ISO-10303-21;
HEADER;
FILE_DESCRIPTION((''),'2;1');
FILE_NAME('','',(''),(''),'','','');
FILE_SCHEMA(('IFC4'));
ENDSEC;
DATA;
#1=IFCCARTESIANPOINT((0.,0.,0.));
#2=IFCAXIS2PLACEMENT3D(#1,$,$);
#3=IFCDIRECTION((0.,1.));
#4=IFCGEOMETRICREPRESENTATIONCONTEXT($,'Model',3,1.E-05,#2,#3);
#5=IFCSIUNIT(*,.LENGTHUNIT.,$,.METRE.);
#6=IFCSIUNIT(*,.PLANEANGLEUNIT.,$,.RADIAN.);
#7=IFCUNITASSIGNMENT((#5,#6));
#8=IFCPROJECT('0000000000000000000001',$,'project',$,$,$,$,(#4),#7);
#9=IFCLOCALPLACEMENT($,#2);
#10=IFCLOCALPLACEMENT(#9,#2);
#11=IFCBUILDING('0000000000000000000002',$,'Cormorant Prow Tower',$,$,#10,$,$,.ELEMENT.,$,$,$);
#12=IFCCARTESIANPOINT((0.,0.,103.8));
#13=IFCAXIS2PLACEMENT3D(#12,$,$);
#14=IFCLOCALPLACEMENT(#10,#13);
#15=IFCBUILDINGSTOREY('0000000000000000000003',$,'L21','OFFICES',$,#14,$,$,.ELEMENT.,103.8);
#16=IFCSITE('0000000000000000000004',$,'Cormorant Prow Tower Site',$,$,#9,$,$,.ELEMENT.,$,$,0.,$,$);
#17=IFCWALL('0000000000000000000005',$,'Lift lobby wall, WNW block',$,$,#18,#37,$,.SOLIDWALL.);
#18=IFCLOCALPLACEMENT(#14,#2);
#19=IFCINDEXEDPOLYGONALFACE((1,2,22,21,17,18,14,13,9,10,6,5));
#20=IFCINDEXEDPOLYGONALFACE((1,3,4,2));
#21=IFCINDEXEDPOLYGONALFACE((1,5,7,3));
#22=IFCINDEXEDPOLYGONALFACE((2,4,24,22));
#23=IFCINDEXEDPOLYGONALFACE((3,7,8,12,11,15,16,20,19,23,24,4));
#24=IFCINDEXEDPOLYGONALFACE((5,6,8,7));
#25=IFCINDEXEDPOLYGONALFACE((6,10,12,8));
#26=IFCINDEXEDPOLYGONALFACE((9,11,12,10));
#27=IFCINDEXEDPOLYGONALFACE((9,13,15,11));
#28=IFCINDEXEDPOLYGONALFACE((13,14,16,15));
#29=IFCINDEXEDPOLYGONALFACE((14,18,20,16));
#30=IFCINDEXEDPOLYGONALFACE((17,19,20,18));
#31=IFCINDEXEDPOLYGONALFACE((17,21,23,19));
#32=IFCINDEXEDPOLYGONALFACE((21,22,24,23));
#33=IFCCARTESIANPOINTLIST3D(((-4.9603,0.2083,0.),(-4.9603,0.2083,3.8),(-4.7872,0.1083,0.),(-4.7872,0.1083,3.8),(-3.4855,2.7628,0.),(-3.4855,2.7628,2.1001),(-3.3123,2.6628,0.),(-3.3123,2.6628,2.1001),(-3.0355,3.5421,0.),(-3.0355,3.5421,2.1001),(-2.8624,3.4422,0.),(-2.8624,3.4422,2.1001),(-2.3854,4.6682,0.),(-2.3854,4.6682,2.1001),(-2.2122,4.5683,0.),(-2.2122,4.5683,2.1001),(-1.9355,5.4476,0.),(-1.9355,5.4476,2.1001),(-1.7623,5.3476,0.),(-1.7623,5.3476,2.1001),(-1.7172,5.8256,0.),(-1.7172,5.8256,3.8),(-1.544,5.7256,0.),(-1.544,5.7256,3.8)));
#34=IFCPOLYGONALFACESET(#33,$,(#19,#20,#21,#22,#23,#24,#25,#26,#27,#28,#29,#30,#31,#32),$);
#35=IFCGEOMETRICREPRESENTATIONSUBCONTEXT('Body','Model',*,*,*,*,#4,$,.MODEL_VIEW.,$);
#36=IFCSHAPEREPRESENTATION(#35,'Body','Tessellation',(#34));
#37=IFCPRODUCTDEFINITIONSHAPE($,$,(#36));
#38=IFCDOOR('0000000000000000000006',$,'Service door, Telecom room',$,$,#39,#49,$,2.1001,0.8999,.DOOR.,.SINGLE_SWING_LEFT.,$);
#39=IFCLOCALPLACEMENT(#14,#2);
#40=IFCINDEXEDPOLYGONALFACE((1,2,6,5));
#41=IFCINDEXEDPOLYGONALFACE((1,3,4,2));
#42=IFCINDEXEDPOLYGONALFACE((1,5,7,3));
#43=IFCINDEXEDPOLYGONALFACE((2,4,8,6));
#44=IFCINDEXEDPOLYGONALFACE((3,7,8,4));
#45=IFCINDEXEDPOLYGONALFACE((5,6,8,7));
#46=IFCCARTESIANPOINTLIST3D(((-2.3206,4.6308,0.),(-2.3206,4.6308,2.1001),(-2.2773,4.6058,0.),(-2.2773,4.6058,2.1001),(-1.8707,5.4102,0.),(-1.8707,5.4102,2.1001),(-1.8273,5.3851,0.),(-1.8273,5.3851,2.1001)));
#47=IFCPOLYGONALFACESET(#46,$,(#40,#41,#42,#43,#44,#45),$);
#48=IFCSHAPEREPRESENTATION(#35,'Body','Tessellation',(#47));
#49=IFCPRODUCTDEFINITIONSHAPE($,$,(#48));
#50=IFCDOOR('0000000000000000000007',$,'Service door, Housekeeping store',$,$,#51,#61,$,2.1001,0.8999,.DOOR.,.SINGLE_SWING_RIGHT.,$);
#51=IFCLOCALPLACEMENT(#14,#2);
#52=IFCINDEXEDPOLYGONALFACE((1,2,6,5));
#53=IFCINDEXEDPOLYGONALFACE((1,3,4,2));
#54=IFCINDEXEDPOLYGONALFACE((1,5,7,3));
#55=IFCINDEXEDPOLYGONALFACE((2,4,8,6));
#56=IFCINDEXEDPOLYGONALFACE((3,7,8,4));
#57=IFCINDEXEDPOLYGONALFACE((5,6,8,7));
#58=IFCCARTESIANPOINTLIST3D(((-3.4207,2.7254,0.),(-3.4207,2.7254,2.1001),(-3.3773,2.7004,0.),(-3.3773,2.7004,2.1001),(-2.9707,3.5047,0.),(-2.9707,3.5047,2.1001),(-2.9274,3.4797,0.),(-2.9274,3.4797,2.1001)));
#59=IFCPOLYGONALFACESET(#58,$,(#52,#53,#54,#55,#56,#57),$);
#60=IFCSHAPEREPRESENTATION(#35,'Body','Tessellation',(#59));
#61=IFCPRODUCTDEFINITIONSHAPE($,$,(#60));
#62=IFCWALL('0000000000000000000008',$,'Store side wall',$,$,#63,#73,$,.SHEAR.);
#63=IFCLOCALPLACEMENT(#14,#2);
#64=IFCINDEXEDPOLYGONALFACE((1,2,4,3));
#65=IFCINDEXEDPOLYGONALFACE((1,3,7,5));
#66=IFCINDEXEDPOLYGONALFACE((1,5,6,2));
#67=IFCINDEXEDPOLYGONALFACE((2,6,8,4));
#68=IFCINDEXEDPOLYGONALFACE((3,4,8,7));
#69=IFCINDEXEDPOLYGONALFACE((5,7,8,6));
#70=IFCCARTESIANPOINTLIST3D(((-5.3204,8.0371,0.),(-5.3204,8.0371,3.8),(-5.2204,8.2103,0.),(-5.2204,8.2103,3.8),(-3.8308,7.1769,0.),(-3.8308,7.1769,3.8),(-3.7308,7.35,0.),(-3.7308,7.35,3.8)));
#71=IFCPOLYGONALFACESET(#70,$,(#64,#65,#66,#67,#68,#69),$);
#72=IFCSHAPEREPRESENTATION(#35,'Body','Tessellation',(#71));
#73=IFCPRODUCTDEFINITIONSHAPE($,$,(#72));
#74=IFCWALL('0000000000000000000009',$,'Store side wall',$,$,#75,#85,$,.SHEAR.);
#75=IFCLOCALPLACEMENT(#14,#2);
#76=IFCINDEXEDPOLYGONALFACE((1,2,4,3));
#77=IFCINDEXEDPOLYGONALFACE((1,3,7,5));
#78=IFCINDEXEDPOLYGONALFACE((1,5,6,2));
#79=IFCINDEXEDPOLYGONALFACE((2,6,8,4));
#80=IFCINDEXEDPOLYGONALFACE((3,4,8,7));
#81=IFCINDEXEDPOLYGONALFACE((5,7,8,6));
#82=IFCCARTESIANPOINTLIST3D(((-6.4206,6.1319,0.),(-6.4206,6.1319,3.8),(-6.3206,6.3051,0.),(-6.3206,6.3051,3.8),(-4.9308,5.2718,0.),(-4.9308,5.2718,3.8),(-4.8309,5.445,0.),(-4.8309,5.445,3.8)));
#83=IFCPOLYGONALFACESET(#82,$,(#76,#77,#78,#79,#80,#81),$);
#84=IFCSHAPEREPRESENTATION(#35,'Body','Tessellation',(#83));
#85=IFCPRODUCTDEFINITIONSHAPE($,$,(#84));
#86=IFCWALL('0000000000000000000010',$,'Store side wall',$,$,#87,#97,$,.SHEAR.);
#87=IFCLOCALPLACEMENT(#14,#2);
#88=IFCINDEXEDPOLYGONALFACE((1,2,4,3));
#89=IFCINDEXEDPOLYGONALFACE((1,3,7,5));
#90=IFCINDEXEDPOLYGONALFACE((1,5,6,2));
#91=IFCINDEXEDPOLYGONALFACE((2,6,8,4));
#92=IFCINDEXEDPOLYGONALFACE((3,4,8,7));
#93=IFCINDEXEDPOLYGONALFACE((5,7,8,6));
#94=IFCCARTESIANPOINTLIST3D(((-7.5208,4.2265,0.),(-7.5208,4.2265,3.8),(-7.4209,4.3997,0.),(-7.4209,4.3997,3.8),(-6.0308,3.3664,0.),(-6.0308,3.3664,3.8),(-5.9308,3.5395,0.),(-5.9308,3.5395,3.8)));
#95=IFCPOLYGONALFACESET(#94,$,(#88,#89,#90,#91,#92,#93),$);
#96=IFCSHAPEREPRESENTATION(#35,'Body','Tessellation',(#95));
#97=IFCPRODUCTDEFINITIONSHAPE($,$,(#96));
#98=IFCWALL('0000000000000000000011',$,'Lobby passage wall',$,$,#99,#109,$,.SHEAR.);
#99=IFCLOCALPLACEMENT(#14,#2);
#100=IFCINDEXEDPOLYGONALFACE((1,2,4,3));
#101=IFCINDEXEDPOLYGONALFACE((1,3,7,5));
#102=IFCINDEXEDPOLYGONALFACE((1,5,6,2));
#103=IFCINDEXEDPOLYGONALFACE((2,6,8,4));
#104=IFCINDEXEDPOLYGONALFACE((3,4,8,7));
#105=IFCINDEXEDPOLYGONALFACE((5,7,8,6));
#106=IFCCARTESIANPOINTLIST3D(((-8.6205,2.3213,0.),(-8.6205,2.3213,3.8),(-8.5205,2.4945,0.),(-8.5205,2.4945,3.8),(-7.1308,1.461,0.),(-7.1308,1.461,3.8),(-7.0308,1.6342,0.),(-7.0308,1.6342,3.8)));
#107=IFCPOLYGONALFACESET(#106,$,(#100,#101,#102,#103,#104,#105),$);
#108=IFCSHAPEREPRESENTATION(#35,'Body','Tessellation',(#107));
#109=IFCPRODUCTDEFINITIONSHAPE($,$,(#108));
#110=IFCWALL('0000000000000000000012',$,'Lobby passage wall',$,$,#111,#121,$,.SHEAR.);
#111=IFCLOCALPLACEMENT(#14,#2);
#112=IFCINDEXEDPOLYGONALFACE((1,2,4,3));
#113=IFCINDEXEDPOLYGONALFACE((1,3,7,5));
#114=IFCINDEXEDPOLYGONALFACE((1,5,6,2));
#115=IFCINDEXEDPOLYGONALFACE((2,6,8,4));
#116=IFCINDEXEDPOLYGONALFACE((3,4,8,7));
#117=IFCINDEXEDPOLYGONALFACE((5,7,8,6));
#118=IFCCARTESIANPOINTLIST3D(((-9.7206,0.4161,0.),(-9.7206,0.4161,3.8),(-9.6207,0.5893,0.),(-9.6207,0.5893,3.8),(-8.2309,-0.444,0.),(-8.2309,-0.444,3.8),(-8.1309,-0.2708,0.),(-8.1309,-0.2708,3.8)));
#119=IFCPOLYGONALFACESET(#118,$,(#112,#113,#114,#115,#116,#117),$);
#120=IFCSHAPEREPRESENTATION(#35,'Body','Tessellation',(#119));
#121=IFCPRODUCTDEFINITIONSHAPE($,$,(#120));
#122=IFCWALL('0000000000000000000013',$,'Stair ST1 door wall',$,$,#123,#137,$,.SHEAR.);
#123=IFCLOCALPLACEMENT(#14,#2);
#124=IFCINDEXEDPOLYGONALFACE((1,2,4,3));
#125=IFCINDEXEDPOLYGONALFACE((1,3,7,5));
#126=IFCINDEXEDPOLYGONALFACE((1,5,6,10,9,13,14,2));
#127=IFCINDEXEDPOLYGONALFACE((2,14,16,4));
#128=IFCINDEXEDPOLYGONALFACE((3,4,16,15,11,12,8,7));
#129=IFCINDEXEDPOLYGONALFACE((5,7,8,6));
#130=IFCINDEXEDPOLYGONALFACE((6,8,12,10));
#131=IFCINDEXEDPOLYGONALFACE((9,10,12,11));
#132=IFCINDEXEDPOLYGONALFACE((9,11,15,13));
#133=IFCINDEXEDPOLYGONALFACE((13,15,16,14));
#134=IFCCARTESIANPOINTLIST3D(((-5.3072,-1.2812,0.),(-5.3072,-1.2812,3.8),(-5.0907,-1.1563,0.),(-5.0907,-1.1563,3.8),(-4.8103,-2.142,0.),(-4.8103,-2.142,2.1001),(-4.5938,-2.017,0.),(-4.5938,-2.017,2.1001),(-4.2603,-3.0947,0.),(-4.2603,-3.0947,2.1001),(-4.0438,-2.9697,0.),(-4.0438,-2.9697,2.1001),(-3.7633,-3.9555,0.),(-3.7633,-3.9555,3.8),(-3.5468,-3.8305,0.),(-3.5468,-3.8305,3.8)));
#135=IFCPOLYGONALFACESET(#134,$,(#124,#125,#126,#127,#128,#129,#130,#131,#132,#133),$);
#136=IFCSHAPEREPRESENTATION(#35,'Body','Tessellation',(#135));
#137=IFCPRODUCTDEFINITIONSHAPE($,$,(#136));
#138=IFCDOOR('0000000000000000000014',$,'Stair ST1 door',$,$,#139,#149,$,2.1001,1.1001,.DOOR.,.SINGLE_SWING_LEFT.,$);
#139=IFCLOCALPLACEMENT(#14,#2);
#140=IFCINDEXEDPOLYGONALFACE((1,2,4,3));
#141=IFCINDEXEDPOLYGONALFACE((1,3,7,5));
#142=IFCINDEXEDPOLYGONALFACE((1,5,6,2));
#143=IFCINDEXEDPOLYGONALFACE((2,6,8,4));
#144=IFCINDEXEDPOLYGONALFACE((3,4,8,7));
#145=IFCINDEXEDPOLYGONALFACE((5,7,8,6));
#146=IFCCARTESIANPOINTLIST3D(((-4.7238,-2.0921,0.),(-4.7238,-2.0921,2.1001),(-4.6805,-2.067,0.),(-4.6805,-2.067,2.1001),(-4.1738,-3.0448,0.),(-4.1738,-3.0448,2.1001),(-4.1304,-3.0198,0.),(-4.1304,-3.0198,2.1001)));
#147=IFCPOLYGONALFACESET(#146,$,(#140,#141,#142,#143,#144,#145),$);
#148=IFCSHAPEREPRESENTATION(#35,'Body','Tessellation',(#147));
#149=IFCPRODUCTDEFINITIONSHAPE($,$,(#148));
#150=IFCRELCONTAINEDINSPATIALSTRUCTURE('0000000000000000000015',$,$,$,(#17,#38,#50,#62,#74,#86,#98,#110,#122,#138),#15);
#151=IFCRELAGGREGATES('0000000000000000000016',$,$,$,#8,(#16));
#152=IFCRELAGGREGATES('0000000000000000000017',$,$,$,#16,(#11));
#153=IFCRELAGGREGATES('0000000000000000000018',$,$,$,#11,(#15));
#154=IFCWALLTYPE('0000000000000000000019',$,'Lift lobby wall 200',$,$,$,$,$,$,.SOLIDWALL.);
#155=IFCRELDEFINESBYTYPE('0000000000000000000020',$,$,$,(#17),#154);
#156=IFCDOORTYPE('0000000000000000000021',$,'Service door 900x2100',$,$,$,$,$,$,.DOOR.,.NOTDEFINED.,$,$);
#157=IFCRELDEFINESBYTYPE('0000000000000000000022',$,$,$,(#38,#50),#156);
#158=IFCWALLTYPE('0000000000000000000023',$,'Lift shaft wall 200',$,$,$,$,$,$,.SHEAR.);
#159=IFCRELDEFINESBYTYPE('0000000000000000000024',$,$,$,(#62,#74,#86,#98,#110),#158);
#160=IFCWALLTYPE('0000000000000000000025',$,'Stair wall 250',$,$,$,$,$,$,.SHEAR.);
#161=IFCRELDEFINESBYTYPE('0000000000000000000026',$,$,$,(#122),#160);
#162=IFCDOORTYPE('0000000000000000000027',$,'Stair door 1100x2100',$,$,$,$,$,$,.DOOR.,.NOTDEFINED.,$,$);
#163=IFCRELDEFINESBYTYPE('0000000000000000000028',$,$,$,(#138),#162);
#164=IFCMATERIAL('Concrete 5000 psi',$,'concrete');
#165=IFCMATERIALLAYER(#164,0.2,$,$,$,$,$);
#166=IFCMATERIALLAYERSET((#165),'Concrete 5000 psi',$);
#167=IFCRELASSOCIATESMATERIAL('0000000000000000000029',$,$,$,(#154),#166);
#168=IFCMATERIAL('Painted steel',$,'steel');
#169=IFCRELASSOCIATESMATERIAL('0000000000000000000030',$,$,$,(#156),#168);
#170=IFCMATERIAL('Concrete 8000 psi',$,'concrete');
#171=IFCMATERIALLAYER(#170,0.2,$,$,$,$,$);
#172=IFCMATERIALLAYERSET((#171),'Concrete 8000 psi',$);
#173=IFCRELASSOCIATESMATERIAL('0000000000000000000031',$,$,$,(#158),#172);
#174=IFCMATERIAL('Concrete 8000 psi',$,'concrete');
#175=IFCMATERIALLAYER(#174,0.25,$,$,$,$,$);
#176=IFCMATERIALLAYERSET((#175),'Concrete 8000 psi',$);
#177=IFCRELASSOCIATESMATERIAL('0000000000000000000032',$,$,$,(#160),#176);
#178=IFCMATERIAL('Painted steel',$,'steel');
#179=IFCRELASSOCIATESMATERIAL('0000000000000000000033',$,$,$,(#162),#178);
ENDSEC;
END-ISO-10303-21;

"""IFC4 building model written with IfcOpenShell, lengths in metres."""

from ifc_helpers import new_model, si_unit, direction, frame, frame_2d, origin, place, context, subcontext, project, spatial, rectangle, extrude, material, layer, layer_set, type_object, element, fill, save


model = new_model("IFC4")

# Units and contexts
model_context = context("Model", 3, precision=1e-05, world=origin(), true_north=direction((0.0, 1.0)))
body_context = subcontext(model_context, "Body", "Model", "MODEL_VIEW")
ifc_project = project(units=[si_unit("LENGTHUNIT", "METRE"), si_unit("PLANEANGLEUNIT", "RADIAN")], contexts=[model_context])

# Site, building, storey
site_placement = place(None, origin())
site = spatial("IfcSite", under=ifc_project, at=site_placement, Name="Cormorant Prow Tower Site", CompositionType="ELEMENT", RefElevation=0.0)
building_placement = place(site_placement, origin())
building = spatial("IfcBuilding", under=site, at=building_placement, Name="Cormorant Prow Tower", CompositionType="ELEMENT")
storey_placement = place(building_placement, frame((0.0, 0.0, 103.8)))
storey = spatial("IfcBuildingStorey", under=building, at=storey_placement, Name="L21", Description="OFFICES", CompositionType="ELEMENT", Elevation=103.8)

# Wall, openings, doors
ifc_material_1 = material(Name="Concrete 5000 psi", Category="concrete")
ifc_layer_1 = layer(ifc_material_1, 0.2)
ifc_layer_set_1 = layer_set([ifc_layer_1], Name="Concrete 5000 psi")
wall_type_1 = type_object("IfcWallType", Name="Lift lobby wall 200", PredefinedType="SOLIDWALL", material=ifc_layer_set_1)
wall_1_placement = place(storey_placement, frame((-1.6306, 5.7756, 0.0), z_axis=(0.0, 0.0, 1.0), x_axis=(-0.499993, -0.86603, 0.0)))
wall_1 = element("IfcWall", 1, at=wall_1_placement, inside=storey, type_object=wall_type_1, Name="Lift lobby wall, WNW block", PredefinedType="SOLIDWALL", context=body_context, shape_type="SweptSolid", body=[
    extrude(rectangle(XDim=6.4863, YDim=0.2, at=frame_2d((3.2432, 0.0))), origin(), (0.0, 0.0, 1.0), 3.8),
])
opening_1_placement = place(wall_1_placement, frame((0.4365, 0.0, 0.0)))
opening_1 = element("IfcOpeningElement", 2, at=opening_1_placement, cuts=wall_1, PredefinedType="OPENING", context=body_context, shape_type="SweptSolid", body=[
    extrude(rectangle(XDim=0.8999, YDim=2.1001, at=frame_2d((0.45, 1.05))), frame((0.0, 0.1099, 0.0), z_axis=(0.0, -1.0, 0.0), x_axis=(1.0, 0.0, 0.0)), (0.0, 0.0, 1.0), 0.22),
])
opening_2_placement = place(wall_1_placement, frame((2.6367, 0.0, 0.0)))
opening_2 = element("IfcOpeningElement", 3, at=opening_2_placement, cuts=wall_1, PredefinedType="OPENING", context=body_context, shape_type="SweptSolid", body=[
    extrude(rectangle(XDim=0.8999, YDim=2.1001, at=frame_2d((0.45, 1.05))), frame((0.0, 0.1099, 0.0), z_axis=(0.0, -1.0, 0.0), x_axis=(1.0, 0.0, 0.0)), (0.0, 0.0, 1.0), 0.22),
])
ifc_material_2 = material(Name="Painted steel", Category="steel")
door_type_1 = type_object("IfcDoorType", Name="Service door 900x2100", OperationType="NOTDEFINED", PredefinedType="DOOR", material=ifc_material_2)
door_1_placement = place(opening_1_placement, origin())
door_1 = element("IfcDoor", 4, at=door_1_placement, inside=storey, type_object=door_type_1, Name="Service door, Telecom room", OperationType="SINGLE_SWING_LEFT", OverallHeight=2.1001, OverallWidth=0.8999, PredefinedType="DOOR", context=body_context, shape_type="SweptSolid", body=[
    extrude(rectangle(XDim=0.8999, YDim=2.1001, at=frame_2d((0.45, 1.05))), frame((0.0, 0.0249, 0.0), z_axis=(0.0, -1.0, 0.0), x_axis=(1.0, 0.0, 0.0)), (0.0, 0.0, 1.0), 0.05),
])
fill(opening_1, door_1)
door_2_placement = place(opening_2_placement, origin())
door_2 = element("IfcDoor", 5, at=door_2_placement, inside=storey, type_object=door_type_1, Name="Service door, Housekeeping store", OperationType="SINGLE_SWING_RIGHT", OverallHeight=2.1001, OverallWidth=0.8999, PredefinedType="DOOR", context=body_context, shape_type="SweptSolid", body=[
    extrude(rectangle(XDim=0.8999, YDim=2.1001, at=frame_2d((0.45, 1.05))), frame((0.0, 0.0249, 0.0), z_axis=(0.0, -1.0, 0.0), x_axis=(1.0, 0.0, 0.0)), (0.0, 0.0, 1.0), 0.05),
])
fill(opening_2, door_2)

# Walls
ifc_material_3 = material(Name="Concrete 8000 psi", Category="concrete")
ifc_layer_2 = layer(ifc_material_3, 0.2)
ifc_layer_set_2 = layer_set([ifc_layer_2], Name="Concrete 8000 psi")
wall_type_2 = type_object("IfcWallType", Name="Lift shaft wall 200", PredefinedType="SHEAR", material=ifc_layer_set_2)
for number, where, z_axis, x_axis, name in (
    (6, (-3.7808, 7.2634, 0.0), (0.0, 0.0, 1.0), (-0.865963, 0.500107, 0.0), "Store side wall"),
    (7, (-4.8809, 5.3584, 0.0), (0.0, 0.0, 1.0), (-0.866025, 0.500001, 0.0), "Store side wall"),
):
    element("IfcWall", number, at=place(storey_placement, frame(where, z_axis=z_axis, x_axis=x_axis)), inside=storey, type_object=wall_type_2, Name=name, PredefinedType="SHEAR", context=body_context, shape_type="SweptSolid", body=[
        extrude(rectangle(XDim=1.7202, YDim=0.2, at=frame_2d((0.8601, 0.0))), origin(), (0.0, 0.0, 1.0), 3.8),
    ])
wall_2_placement = place(storey_placement, frame((-5.9807, 3.4529, 0.0), z_axis=(0.0, 0.0, 1.0), x_axis=(-0.86606, 0.499939, 0.0)))
element("IfcWall", 8, at=wall_2_placement, inside=storey, type_object=wall_type_2, Name="Store side wall", PredefinedType="SHEAR", context=body_context, shape_type="SweptSolid", body=[
    extrude(rectangle(XDim=1.7205, YDim=0.2, at=frame_2d((0.8604, 0.0))), origin(), (0.0, 0.0, 1.0), 3.8),
])
for number, where, z_axis, x_axis, name in (
    (9, (-7.0808, 1.5476, 0.0), (0.0, 0.0, 1.0), (-0.865963, 0.500107, 0.0), "Lobby passage wall"),
    (10, (-8.1809, -0.3574, 0.0), (0.0, 0.0, 1.0), (-0.866025, 0.500001, 0.0), "Lobby passage wall"),
):
    element("IfcWall", number, at=place(storey_placement, frame(where, z_axis=z_axis, x_axis=x_axis)), inside=storey, type_object=wall_type_2, Name=name, PredefinedType="SHEAR", context=body_context, shape_type="SweptSolid", body=[
        extrude(rectangle(XDim=1.7202, YDim=0.2, at=frame_2d((0.8601, 0.0))), origin(), (0.0, 0.0, 1.0), 3.8),
    ])

# Wall, opening, door
ifc_material_4 = material(Name="Concrete 8000 psi", Category="concrete")
ifc_layer_3 = layer(ifc_material_4, 0.25)
ifc_layer_set_3 = layer_set([ifc_layer_3], Name="Concrete 8000 psi")
wall_type_3 = type_object("IfcWallType", Name="Stair wall 250", PredefinedType="SHEAR", material=ifc_layer_set_3)
wall_3_placement = place(storey_placement, frame((-5.199, -1.2188, 0.0), z_axis=(0.0, 0.0, 1.0), x_axis=(0.499983, -0.866035, 0.0)))
wall_3 = element("IfcWall", 11, at=wall_3_placement, inside=storey, type_object=wall_type_3, Name="Stair ST1 door wall", PredefinedType="SHEAR", context=body_context, shape_type="SweptSolid", body=[
    extrude(rectangle(XDim=3.0879, YDim=0.25, at=frame_2d((1.5439, 0.0))), origin(), (0.0, 0.0, 1.0), 3.8),
])
opening_3_placement = place(wall_3_placement, frame((0.9939, 0.0, 0.0)))
opening_3 = element("IfcOpeningElement", 12, at=opening_3_placement, cuts=wall_3, PredefinedType="OPENING", context=body_context, shape_type="SweptSolid", body=[
    extrude(rectangle(XDim=1.1001, YDim=2.1001, at=frame_2d((0.55, 1.05))), frame((0.0, 0.135, 0.0), z_axis=(0.0, -1.0, 0.0), x_axis=(1.0, 0.0, 0.0)), (0.0, 0.0, 1.0), 0.27),
])
ifc_material_5 = material(Name="Painted steel", Category="steel")
door_type_2 = type_object("IfcDoorType", Name="Stair door 1100x2100", OperationType="NOTDEFINED", PredefinedType="DOOR", material=ifc_material_5)
door_3_placement = place(opening_3_placement, origin())
door_3 = element("IfcDoor", 13, at=door_3_placement, inside=storey, type_object=door_type_2, Name="Stair ST1 door", OperationType="SINGLE_SWING_LEFT", OverallHeight=2.1001, OverallWidth=1.1001, PredefinedType="DOOR", context=body_context, shape_type="SweptSolid", body=[
    extrude(rectangle(XDim=1.1001, YDim=2.1001, at=frame_2d((0.55, 1.05))), frame((0.0, 0.0249, 0.0), z_axis=(0.0, -1.0, 0.0), x_axis=(1.0, 0.0, 0.0)), (0.0, 0.0, 1.0), 0.05),
])
fill(opening_3, door_3)

save(model, "model.ifc")
